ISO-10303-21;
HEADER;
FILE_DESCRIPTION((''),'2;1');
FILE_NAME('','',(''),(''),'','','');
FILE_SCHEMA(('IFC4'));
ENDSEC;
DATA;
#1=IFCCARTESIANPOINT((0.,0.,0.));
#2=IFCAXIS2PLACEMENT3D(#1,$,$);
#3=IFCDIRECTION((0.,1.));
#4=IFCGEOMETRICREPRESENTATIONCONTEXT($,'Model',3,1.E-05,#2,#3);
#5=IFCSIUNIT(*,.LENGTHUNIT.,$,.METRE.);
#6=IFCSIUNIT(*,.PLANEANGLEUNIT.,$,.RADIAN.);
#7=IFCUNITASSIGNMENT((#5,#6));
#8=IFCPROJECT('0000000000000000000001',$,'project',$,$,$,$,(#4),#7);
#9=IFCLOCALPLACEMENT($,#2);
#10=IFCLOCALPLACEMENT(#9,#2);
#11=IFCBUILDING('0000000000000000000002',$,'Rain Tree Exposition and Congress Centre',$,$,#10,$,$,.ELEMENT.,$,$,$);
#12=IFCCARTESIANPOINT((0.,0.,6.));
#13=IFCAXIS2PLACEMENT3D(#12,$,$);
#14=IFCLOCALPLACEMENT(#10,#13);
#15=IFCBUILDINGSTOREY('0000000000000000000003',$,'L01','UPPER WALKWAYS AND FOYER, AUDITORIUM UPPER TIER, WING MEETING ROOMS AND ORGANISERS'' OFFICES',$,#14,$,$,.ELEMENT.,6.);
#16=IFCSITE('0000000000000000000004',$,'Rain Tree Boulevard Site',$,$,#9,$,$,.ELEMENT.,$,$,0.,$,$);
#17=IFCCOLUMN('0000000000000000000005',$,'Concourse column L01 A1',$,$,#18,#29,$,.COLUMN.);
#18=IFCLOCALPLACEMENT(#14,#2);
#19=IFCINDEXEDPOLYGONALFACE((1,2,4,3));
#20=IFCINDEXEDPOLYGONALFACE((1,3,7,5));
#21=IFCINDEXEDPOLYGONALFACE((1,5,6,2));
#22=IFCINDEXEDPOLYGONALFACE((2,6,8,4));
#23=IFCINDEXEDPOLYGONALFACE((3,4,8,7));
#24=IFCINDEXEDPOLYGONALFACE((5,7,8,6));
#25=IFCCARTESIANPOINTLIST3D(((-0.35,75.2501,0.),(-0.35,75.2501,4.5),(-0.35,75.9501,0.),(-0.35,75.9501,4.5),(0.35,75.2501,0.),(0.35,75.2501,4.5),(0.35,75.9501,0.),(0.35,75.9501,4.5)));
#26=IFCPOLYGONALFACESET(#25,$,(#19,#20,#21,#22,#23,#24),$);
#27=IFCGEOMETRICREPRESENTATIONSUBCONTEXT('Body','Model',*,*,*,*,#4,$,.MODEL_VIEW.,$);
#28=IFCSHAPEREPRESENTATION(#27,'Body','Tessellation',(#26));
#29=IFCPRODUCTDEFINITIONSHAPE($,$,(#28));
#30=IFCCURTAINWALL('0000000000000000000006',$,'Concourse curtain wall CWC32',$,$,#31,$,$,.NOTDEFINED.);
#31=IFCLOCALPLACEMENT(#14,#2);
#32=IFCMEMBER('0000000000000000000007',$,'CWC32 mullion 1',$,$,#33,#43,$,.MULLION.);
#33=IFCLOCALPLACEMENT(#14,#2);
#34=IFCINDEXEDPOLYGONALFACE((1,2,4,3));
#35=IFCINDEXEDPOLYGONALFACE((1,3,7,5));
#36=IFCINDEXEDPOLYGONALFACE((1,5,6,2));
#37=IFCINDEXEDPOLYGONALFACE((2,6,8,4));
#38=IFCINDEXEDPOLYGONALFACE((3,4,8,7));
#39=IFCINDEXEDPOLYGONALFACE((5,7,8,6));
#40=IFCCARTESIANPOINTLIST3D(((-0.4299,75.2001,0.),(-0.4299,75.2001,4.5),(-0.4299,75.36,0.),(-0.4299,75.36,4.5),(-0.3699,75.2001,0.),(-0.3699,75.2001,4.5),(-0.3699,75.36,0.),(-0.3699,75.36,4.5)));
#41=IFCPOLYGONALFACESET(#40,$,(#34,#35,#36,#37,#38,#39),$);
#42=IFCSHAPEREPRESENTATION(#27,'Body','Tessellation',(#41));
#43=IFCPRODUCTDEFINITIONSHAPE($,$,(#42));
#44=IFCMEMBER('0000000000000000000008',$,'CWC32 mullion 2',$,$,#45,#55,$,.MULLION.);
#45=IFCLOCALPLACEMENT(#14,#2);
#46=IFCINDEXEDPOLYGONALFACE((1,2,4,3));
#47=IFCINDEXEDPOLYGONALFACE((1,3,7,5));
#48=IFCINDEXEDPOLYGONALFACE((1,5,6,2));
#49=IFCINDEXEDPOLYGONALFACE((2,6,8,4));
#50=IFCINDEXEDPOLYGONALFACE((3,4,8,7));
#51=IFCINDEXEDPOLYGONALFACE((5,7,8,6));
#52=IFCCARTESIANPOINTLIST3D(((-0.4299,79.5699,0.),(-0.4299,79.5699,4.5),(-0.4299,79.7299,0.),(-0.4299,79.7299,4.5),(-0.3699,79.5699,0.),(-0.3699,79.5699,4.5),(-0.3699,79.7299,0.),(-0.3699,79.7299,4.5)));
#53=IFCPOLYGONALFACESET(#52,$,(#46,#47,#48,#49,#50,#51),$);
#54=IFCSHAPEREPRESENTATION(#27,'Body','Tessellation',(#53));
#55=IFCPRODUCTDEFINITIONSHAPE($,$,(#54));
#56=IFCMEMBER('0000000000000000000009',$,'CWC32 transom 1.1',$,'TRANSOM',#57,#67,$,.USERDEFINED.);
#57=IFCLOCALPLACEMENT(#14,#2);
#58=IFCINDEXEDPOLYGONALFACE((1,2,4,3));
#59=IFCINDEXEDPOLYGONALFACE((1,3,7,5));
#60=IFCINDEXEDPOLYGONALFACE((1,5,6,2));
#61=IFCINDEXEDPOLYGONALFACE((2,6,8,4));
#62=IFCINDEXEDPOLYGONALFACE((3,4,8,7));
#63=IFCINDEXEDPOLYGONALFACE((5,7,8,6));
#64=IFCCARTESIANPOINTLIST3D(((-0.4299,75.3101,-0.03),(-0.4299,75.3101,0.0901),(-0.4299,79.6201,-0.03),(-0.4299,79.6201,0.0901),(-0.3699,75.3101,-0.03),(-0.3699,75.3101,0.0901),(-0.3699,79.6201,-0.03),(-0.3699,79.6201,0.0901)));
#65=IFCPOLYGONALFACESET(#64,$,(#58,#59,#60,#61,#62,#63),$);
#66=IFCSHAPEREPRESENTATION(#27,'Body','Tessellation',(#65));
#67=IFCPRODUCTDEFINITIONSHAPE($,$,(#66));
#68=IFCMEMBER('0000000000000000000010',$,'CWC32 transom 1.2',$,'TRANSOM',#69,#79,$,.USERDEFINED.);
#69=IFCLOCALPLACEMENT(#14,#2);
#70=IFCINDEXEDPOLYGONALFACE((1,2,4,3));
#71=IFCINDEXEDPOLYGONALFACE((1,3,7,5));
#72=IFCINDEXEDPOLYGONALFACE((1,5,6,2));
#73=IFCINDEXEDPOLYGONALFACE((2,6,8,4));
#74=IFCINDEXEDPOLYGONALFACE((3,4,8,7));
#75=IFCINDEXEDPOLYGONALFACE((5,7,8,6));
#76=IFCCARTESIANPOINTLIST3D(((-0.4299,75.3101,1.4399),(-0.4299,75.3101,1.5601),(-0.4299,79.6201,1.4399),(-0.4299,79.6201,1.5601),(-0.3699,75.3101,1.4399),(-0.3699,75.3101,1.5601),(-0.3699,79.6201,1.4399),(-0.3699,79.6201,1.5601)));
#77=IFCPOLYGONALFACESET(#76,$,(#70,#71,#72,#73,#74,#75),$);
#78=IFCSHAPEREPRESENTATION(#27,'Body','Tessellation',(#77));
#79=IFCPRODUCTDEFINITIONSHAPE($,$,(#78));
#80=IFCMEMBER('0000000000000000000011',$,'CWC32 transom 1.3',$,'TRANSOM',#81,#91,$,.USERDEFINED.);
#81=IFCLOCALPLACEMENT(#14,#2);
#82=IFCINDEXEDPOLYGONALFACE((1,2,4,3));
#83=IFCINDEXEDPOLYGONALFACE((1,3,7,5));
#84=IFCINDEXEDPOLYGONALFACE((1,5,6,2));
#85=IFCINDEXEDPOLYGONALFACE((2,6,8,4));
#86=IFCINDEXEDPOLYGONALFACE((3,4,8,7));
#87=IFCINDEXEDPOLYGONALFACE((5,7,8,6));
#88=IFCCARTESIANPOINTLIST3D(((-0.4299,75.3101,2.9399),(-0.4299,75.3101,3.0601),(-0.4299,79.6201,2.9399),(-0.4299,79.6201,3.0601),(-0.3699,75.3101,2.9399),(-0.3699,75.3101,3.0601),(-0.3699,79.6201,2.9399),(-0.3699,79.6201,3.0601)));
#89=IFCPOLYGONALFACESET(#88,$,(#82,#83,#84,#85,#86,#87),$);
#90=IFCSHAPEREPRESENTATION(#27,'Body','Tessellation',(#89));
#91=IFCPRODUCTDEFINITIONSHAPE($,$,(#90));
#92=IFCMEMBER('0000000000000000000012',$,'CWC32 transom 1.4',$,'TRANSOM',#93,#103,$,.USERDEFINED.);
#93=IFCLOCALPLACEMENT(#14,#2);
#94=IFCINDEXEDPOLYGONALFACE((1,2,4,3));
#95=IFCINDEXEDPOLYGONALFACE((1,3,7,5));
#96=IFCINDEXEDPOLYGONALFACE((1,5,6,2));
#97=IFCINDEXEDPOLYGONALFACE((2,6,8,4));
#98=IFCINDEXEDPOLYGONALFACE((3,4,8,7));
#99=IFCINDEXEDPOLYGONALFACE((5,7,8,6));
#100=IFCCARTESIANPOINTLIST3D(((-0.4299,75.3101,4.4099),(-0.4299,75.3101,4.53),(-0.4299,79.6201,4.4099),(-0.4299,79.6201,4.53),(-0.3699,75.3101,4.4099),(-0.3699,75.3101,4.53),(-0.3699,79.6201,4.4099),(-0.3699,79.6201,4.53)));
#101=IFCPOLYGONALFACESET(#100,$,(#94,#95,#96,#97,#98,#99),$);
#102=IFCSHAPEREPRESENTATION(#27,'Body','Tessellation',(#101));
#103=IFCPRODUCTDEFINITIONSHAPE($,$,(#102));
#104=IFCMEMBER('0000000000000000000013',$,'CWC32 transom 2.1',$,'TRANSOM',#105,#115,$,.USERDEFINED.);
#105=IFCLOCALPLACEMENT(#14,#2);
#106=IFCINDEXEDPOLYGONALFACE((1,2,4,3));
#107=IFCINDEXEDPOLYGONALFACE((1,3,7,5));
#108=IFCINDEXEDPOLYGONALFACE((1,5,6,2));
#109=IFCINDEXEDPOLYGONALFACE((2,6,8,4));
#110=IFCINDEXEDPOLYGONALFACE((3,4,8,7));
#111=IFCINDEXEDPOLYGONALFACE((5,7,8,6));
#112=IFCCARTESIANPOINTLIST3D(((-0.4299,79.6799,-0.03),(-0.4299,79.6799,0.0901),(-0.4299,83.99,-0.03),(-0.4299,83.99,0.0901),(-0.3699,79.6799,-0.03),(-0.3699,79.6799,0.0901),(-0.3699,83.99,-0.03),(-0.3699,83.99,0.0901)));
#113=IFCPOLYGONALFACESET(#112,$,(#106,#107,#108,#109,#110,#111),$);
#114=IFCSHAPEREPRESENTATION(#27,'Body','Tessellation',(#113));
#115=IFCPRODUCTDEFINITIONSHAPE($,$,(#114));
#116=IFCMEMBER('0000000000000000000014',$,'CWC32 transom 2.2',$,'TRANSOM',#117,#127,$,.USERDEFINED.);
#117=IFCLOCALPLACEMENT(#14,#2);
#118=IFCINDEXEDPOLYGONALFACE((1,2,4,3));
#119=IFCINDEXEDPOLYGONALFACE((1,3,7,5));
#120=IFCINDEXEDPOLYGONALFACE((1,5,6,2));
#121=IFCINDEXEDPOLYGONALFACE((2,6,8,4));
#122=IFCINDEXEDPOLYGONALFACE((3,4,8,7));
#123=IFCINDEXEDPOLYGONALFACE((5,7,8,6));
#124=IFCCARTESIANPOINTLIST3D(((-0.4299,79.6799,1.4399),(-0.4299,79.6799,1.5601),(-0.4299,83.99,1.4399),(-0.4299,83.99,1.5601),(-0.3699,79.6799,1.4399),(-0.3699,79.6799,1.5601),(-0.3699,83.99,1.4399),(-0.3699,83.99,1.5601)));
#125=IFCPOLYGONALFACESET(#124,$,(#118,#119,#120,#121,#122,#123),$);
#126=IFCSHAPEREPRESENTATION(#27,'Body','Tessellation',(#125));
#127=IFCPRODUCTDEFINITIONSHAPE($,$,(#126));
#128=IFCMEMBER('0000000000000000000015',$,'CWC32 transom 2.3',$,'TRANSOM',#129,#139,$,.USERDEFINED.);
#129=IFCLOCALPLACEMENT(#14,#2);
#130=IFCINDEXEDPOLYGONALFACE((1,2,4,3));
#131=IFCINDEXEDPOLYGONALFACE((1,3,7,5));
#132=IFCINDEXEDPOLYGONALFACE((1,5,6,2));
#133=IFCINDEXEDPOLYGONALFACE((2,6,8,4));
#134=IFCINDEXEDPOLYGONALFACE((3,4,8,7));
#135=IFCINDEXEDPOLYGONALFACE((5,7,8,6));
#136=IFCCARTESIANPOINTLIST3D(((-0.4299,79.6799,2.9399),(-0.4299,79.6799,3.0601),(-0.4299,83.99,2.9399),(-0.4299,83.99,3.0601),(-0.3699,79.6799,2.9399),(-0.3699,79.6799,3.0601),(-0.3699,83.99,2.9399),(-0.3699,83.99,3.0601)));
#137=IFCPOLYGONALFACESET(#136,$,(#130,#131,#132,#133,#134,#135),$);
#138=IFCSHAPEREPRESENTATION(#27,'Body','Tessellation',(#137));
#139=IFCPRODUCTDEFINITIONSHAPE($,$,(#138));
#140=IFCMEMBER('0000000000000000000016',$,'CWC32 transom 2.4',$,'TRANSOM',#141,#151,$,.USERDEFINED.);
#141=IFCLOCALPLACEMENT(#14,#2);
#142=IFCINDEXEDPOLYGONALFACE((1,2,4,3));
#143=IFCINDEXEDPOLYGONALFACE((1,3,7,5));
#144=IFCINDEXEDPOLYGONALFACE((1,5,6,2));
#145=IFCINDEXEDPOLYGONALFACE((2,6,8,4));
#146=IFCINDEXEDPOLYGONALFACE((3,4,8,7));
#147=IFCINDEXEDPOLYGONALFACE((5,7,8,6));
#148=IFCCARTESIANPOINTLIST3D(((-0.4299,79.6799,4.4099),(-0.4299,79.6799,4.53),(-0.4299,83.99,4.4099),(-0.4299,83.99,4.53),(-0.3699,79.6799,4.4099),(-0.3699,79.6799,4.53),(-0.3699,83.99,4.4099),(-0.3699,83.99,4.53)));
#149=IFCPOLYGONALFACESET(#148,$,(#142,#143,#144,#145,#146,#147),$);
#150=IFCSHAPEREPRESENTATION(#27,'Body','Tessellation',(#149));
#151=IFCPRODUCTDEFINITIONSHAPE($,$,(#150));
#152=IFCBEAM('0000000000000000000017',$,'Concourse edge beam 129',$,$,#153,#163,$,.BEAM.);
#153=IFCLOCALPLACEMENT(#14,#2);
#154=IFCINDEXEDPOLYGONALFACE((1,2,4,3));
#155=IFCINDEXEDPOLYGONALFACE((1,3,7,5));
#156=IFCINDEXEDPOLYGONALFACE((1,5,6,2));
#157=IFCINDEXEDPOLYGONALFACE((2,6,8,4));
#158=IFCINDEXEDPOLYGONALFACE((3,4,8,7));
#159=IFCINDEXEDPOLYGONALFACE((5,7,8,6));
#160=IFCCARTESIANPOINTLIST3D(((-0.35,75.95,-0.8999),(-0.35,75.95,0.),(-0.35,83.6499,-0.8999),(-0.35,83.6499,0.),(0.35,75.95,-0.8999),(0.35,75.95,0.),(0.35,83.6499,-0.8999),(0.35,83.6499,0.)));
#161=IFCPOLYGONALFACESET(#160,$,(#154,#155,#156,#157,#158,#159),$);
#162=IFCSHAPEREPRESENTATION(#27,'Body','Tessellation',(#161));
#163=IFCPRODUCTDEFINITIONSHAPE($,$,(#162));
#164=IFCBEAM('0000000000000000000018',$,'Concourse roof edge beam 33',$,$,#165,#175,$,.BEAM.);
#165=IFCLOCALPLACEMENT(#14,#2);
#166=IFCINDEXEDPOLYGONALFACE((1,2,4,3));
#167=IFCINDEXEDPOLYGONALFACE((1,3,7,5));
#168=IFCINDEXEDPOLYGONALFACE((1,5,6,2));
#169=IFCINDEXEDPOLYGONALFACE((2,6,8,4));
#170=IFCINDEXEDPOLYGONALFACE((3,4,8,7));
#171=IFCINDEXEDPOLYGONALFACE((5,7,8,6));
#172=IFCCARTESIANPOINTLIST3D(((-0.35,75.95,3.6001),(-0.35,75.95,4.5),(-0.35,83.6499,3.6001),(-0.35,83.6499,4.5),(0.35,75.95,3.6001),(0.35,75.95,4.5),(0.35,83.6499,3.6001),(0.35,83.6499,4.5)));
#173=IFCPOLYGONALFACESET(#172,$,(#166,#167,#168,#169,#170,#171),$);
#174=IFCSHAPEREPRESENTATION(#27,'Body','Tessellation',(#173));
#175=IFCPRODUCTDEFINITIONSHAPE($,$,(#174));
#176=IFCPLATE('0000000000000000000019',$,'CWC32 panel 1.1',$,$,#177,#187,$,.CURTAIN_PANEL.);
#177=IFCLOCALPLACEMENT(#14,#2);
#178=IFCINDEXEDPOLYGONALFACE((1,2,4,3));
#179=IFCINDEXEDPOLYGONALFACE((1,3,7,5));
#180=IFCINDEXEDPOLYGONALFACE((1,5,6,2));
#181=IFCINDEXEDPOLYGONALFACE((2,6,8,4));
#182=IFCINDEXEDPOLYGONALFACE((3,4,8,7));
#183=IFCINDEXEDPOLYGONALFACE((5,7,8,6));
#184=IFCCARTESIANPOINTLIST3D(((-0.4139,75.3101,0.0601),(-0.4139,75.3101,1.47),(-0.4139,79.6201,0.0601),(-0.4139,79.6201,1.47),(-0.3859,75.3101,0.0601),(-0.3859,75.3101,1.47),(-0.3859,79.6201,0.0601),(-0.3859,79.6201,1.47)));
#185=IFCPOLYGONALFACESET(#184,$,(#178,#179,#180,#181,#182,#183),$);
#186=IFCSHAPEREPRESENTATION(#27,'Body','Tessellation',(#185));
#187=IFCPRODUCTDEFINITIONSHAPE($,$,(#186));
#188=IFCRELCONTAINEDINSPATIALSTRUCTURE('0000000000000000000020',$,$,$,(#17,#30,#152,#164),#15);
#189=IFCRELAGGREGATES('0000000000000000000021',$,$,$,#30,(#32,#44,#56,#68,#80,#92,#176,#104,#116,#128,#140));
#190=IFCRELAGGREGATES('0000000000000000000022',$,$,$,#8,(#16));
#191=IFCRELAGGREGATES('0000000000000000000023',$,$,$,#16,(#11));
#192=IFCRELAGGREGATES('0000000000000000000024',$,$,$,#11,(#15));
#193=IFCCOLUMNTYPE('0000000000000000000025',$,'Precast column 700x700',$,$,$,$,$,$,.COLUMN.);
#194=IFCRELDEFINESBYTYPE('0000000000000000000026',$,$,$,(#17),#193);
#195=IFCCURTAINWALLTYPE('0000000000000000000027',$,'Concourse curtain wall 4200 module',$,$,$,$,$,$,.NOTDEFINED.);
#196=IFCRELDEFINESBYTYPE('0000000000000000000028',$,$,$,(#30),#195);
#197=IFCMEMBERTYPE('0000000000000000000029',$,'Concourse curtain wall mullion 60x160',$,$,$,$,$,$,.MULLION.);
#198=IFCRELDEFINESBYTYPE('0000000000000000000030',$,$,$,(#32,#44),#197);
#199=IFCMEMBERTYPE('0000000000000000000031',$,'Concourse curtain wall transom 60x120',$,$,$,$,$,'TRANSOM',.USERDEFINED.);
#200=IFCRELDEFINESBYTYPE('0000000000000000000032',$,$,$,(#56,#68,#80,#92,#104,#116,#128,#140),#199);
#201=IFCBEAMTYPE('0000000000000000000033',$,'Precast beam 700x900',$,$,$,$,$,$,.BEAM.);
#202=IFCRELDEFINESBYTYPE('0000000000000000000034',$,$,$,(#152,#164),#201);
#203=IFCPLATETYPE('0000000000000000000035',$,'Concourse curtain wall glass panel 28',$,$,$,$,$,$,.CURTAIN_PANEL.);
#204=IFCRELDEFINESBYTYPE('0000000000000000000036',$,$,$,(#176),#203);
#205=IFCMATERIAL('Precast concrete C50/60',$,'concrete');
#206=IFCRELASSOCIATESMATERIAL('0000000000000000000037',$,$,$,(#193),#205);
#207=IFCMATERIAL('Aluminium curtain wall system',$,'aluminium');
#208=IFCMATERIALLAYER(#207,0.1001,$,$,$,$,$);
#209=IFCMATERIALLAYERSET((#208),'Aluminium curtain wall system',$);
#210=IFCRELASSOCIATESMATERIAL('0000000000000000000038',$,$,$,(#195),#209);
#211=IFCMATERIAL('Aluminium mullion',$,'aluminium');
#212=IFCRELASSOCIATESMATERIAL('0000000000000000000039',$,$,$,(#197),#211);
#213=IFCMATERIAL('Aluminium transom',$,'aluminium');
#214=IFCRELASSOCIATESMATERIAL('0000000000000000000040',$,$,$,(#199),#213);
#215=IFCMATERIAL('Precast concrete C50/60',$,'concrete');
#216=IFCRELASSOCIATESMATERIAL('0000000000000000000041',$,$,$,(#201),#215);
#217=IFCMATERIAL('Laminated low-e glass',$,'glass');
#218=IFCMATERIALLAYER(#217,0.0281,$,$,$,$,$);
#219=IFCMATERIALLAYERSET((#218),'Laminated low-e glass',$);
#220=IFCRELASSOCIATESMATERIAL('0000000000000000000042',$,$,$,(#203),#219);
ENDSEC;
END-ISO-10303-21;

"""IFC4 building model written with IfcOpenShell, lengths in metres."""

from ifc_helpers import new_model, si_unit, direction, frame, origin, origin_2d, place, context, subcontext, project, spatial, rectangle, extrude, material, layer, layer_set, material_profile, profile_set, type_object, element, aggregate, save


model = new_model("IFC4")

# Units and contexts
model_context = context("Model", 3, precision=1e-05, world=origin(), true_north=direction((0.0, 1.0)))
body_context = subcontext(model_context, "Body", "Model", "MODEL_VIEW")
ifc_project = project(units=[si_unit("LENGTHUNIT", "METRE"), si_unit("PLANEANGLEUNIT", "RADIAN")], contexts=[model_context])

# Site, building, storey
site_placement = place(None, origin())
site = spatial("IfcSite", under=ifc_project, at=site_placement, Name="Rain Tree Boulevard Site", CompositionType="ELEMENT", RefElevation=0.0)
building_placement = place(site_placement, origin())
building = spatial("IfcBuilding", under=site, at=building_placement, Name="Rain Tree Exposition and Congress Centre", CompositionType="ELEMENT")
storey_placement = place(building_placement, frame((0.0, 0.0, 6.0)))
storey = spatial("IfcBuildingStorey", under=building, at=storey_placement, Name="L01", Description="UPPER WALKWAYS AND FOYER, AUDITORIUM UPPER TIER, WING MEETING ROOMS AND ORGANISERS' OFFICES", CompositionType="ELEMENT", Elevation=6.0)

# Column
ifc_material_1 = material(Name="Precast concrete C50/60", Category="concrete")
ifc_material_profile_1 = material_profile(ifc_material_1, rectangle(XDim=0.7, YDim=0.7, at=origin_2d()), Name="RC 700x700")
ifc_profile_set_1 = profile_set([ifc_material_profile_1], Name="Precast concrete C50/60")
column_type = type_object("IfcColumnType", Name="Precast column 700x700", PredefinedType="COLUMN", material=ifc_profile_set_1)
column_placement = place(storey_placement, frame((0.0, 75.6001, 0.0), z_axis=(0.0, 0.0, 1.0), x_axis=(1.0, 0.0, 0.0)))
element("IfcColumn", 1, at=column_placement, inside=storey, type_object=column_type, Name="Concourse column L01 A1", PredefinedType="COLUMN", context=body_context, shape_type="SweptSolid", body=[
    extrude(rectangle(XDim=0.7, YDim=0.7, at=origin_2d()), origin(), (0.0, 0.0, 1.0), 4.5),
])

# Curtain wall, members
ifc_material_2 = material(Name="Aluminium curtain wall system", Category="aluminium")
ifc_layer_1 = layer(ifc_material_2, 0.1001)
ifc_layer_set_1 = layer_set([ifc_layer_1], Name="Aluminium curtain wall system")
curtain_wall_type = type_object("IfcCurtainWallType", Name="Concourse curtain wall 4200 module", PredefinedType="NOTDEFINED", material=ifc_layer_set_1)
curtain_wall_placement = place(storey_placement, origin())
curtain_wall = element("IfcCurtainWall", 2, at=curtain_wall_placement, inside=storey, type_object=curtain_wall_type, Name="Concourse curtain wall CWC32", PredefinedType="NOTDEFINED")
ifc_material_3 = material(Name="Aluminium mullion", Category="aluminium")
ifc_material_profile_2 = material_profile(ifc_material_3, rectangle(XDim=0.0601, YDim=0.1599, at=origin_2d()), Name="AL 60x160")
ifc_profile_set_2 = profile_set([ifc_material_profile_2], Name="Aluminium mullion")
member_type_1 = type_object("IfcMemberType", Name="Concourse curtain wall mullion 60x160", PredefinedType="MULLION", material=ifc_profile_set_2)
member_1_placement = place(storey_placement, frame((-0.3999, 75.28, 0.0), z_axis=(0.0, 0.0, 1.0), x_axis=(-1.0, 0.0, 0.0)))
member_1 = element("IfcMember", 3, at=member_1_placement, type_object=member_type_1, Name="CWC32 mullion 1", PredefinedType="MULLION", context=body_context, shape_type="SweptSolid", body=[
    extrude(rectangle(XDim=0.0601, YDim=0.1599, at=origin_2d()), origin(), (0.0, 0.0, 1.0), 4.5),
])
member_2_placement = place(storey_placement, frame((-0.3999, 79.6499, 0.0), z_axis=(0.0, 0.0, 1.0), x_axis=(-1.0, 0.0, 0.0)))
member_2 = element("IfcMember", 4, at=member_2_placement, type_object=member_type_1, Name="CWC32 mullion 2", PredefinedType="MULLION", context=body_context, shape_type="SweptSolid", body=[
    extrude(rectangle(XDim=0.0601, YDim=0.1599, at=origin_2d()), origin(), (0.0, 0.0, 1.0), 4.5),
])
ifc_material_4 = material(Name="Aluminium transom", Category="aluminium")
ifc_material_profile_3 = material_profile(ifc_material_4, rectangle(XDim=0.0601, YDim=0.1201, at=origin_2d()), Name="AL 60x120")
ifc_profile_set_3 = profile_set([ifc_material_profile_3], Name="Aluminium transom")
member_type_2 = type_object("IfcMemberType", Name="Concourse curtain wall transom 60x120", ElementType="TRANSOM", PredefinedType="USERDEFINED", material=ifc_profile_set_3)
member_3_placement = place(storey_placement, frame((-0.3999, 75.3101, 0.03), z_axis=(0.0, 1.0, 0.0), x_axis=(-1.0, 0.0, 0.0)))
member_3 = element("IfcMember", 5, at=member_3_placement, type_object=member_type_2, Name="CWC32 transom 1.1", ObjectType="TRANSOM", PredefinedType="USERDEFINED", context=body_context, shape_type="SweptSolid", body=[
    extrude(rectangle(XDim=0.0601, YDim=0.1201, at=origin_2d()), origin(), (0.0, 0.0, 1.0), 4.3101),
])
member_4_placement = place(storey_placement, frame((-0.3999, 75.3101, 1.5), z_axis=(0.0, 1.0, 0.0), x_axis=(-1.0, 0.0, 0.0)))
member_4 = element("IfcMember", 6, at=member_4_placement, type_object=member_type_2, Name="CWC32 transom 1.2", ObjectType="TRANSOM", PredefinedType="USERDEFINED", context=body_context, shape_type="SweptSolid", body=[
    extrude(rectangle(XDim=0.0601, YDim=0.1201, at=origin_2d()), origin(), (0.0, 0.0, 1.0), 4.3101),
])
member_5_placement = place(storey_placement, frame((-0.3999, 75.3101, 3.0), z_axis=(0.0, 1.0, 0.0), x_axis=(-1.0, 0.0, 0.0)))
member_5 = element("IfcMember", 7, at=member_5_placement, type_object=member_type_2, Name="CWC32 transom 1.3", ObjectType="TRANSOM", PredefinedType="USERDEFINED", context=body_context, shape_type="SweptSolid", body=[
    extrude(rectangle(XDim=0.0601, YDim=0.1201, at=origin_2d()), origin(), (0.0, 0.0, 1.0), 4.3101),
])
member_6_placement = place(storey_placement, frame((-0.3999, 75.3101, 4.47), z_axis=(0.0, 1.0, 0.0), x_axis=(-1.0, 0.0, 0.0)))
member_6 = element("IfcMember", 8, at=member_6_placement, type_object=member_type_2, Name="CWC32 transom 1.4", ObjectType="TRANSOM", PredefinedType="USERDEFINED", context=body_context, shape_type="SweptSolid", body=[
    extrude(rectangle(XDim=0.0601, YDim=0.1201, at=origin_2d()), origin(), (0.0, 0.0, 1.0), 4.3101),
])
member_7_placement = place(storey_placement, frame((-0.3999, 79.6799, 0.03), z_axis=(0.0, 1.0, 0.0), x_axis=(-1.0, 0.0, 0.0)))
member_7 = element("IfcMember", 9, at=member_7_placement, type_object=member_type_2, Name="CWC32 transom 2.1", ObjectType="TRANSOM", PredefinedType="USERDEFINED", context=body_context, shape_type="SweptSolid", body=[
    extrude(rectangle(XDim=0.0601, YDim=0.1201, at=origin_2d()), origin(), (0.0, 0.0, 1.0), 4.3101),
])
member_8_placement = place(storey_placement, frame((-0.3999, 79.6799, 1.5), z_axis=(0.0, 1.0, 0.0), x_axis=(-1.0, 0.0, 0.0)))
member_8 = element("IfcMember", 10, at=member_8_placement, type_object=member_type_2, Name="CWC32 transom 2.2", ObjectType="TRANSOM", PredefinedType="USERDEFINED", context=body_context, shape_type="SweptSolid", body=[
    extrude(rectangle(XDim=0.0601, YDim=0.1201, at=origin_2d()), origin(), (0.0, 0.0, 1.0), 4.3101),
])
member_9_placement = place(storey_placement, frame((-0.3999, 79.6799, 3.0), z_axis=(0.0, 1.0, 0.0), x_axis=(-1.0, 0.0, 0.0)))
member_9 = element("IfcMember", 11, at=member_9_placement, type_object=member_type_2, Name="CWC32 transom 2.3", ObjectType="TRANSOM", PredefinedType="USERDEFINED", context=body_context, shape_type="SweptSolid", body=[
    extrude(rectangle(XDim=0.0601, YDim=0.1201, at=origin_2d()), origin(), (0.0, 0.0, 1.0), 4.3101),
])
member_10_placement = place(storey_placement, frame((-0.3999, 79.6799, 4.47), z_axis=(0.0, 1.0, 0.0), x_axis=(-1.0, 0.0, 0.0)))
member_10 = element("IfcMember", 12, at=member_10_placement, type_object=member_type_2, Name="CWC32 transom 2.4", ObjectType="TRANSOM", PredefinedType="USERDEFINED", context=body_context, shape_type="SweptSolid", body=[
    extrude(rectangle(XDim=0.0601, YDim=0.1201, at=origin_2d()), origin(), (0.0, 0.0, 1.0), 4.3101),
])

# Beams
ifc_material_5 = material(Name="Precast concrete C50/60", Category="concrete")
ifc_material_profile_4 = material_profile(ifc_material_5, rectangle(XDim=0.7, YDim=0.8999, at=origin_2d()), Name="RC 700x900")
ifc_profile_set_4 = profile_set([ifc_material_profile_4], Name="Precast concrete C50/60")
beam_type = type_object("IfcBeamType", Name="Precast beam 700x900", PredefinedType="BEAM", material=ifc_profile_set_4)
for number, where, z_axis, x_axis, name in (
    (13, (0.0, 75.95, -0.45), (0.0, 1.0, 0.0), (-1.0, 0.0, 0.0), "Concourse edge beam 129"),
    (14, (0.0, 75.95, 4.05), (0.0, 1.0, 0.0), (-1.0, 0.0, 0.0), "Concourse roof edge beam 33"),
):
    element("IfcBeam", number, at=place(storey_placement, frame(where, z_axis=z_axis, x_axis=x_axis)), inside=storey, type_object=beam_type, Name=name, PredefinedType="BEAM", context=body_context, shape_type="SweptSolid", body=[
        extrude(rectangle(XDim=0.7, YDim=0.8999, at=origin_2d()), origin(), (0.0, 0.0, 1.0), 7.7),
    ])

# Plate
ifc_material_6 = material(Name="Laminated low-e glass", Category="glass")
ifc_layer_2 = layer(ifc_material_6, 0.0281)
ifc_layer_set_2 = layer_set([ifc_layer_2], Name="Laminated low-e glass")
plate_type = type_object("IfcPlateType", Name="Concourse curtain wall glass panel 28", PredefinedType="CURTAIN_PANEL", material=ifc_layer_set_2)
plate_1_placement = place(storey_placement, frame((-0.3999, 77.4651, 0.0601), z_axis=(0.0, 0.0, 1.0), x_axis=(0.0, 1.0, 0.0)))
plate_1 = element("IfcPlate", 15, at=plate_1_placement, type_object=plate_type, Name="CWC32 panel 1.1", PredefinedType="CURTAIN_PANEL", context=body_context, shape_type="SweptSolid", body=[
    extrude(rectangle(XDim=4.3101, YDim=0.0281, at=origin_2d()), origin(), (0.0, 0.0, 1.0), 1.4099),
])
aggregate(curtain_wall, [member_1, member_2, member_3, member_4, member_5, member_6, plate_1, member_7, member_8, member_9, member_10])

save(model, "model.ifc")
